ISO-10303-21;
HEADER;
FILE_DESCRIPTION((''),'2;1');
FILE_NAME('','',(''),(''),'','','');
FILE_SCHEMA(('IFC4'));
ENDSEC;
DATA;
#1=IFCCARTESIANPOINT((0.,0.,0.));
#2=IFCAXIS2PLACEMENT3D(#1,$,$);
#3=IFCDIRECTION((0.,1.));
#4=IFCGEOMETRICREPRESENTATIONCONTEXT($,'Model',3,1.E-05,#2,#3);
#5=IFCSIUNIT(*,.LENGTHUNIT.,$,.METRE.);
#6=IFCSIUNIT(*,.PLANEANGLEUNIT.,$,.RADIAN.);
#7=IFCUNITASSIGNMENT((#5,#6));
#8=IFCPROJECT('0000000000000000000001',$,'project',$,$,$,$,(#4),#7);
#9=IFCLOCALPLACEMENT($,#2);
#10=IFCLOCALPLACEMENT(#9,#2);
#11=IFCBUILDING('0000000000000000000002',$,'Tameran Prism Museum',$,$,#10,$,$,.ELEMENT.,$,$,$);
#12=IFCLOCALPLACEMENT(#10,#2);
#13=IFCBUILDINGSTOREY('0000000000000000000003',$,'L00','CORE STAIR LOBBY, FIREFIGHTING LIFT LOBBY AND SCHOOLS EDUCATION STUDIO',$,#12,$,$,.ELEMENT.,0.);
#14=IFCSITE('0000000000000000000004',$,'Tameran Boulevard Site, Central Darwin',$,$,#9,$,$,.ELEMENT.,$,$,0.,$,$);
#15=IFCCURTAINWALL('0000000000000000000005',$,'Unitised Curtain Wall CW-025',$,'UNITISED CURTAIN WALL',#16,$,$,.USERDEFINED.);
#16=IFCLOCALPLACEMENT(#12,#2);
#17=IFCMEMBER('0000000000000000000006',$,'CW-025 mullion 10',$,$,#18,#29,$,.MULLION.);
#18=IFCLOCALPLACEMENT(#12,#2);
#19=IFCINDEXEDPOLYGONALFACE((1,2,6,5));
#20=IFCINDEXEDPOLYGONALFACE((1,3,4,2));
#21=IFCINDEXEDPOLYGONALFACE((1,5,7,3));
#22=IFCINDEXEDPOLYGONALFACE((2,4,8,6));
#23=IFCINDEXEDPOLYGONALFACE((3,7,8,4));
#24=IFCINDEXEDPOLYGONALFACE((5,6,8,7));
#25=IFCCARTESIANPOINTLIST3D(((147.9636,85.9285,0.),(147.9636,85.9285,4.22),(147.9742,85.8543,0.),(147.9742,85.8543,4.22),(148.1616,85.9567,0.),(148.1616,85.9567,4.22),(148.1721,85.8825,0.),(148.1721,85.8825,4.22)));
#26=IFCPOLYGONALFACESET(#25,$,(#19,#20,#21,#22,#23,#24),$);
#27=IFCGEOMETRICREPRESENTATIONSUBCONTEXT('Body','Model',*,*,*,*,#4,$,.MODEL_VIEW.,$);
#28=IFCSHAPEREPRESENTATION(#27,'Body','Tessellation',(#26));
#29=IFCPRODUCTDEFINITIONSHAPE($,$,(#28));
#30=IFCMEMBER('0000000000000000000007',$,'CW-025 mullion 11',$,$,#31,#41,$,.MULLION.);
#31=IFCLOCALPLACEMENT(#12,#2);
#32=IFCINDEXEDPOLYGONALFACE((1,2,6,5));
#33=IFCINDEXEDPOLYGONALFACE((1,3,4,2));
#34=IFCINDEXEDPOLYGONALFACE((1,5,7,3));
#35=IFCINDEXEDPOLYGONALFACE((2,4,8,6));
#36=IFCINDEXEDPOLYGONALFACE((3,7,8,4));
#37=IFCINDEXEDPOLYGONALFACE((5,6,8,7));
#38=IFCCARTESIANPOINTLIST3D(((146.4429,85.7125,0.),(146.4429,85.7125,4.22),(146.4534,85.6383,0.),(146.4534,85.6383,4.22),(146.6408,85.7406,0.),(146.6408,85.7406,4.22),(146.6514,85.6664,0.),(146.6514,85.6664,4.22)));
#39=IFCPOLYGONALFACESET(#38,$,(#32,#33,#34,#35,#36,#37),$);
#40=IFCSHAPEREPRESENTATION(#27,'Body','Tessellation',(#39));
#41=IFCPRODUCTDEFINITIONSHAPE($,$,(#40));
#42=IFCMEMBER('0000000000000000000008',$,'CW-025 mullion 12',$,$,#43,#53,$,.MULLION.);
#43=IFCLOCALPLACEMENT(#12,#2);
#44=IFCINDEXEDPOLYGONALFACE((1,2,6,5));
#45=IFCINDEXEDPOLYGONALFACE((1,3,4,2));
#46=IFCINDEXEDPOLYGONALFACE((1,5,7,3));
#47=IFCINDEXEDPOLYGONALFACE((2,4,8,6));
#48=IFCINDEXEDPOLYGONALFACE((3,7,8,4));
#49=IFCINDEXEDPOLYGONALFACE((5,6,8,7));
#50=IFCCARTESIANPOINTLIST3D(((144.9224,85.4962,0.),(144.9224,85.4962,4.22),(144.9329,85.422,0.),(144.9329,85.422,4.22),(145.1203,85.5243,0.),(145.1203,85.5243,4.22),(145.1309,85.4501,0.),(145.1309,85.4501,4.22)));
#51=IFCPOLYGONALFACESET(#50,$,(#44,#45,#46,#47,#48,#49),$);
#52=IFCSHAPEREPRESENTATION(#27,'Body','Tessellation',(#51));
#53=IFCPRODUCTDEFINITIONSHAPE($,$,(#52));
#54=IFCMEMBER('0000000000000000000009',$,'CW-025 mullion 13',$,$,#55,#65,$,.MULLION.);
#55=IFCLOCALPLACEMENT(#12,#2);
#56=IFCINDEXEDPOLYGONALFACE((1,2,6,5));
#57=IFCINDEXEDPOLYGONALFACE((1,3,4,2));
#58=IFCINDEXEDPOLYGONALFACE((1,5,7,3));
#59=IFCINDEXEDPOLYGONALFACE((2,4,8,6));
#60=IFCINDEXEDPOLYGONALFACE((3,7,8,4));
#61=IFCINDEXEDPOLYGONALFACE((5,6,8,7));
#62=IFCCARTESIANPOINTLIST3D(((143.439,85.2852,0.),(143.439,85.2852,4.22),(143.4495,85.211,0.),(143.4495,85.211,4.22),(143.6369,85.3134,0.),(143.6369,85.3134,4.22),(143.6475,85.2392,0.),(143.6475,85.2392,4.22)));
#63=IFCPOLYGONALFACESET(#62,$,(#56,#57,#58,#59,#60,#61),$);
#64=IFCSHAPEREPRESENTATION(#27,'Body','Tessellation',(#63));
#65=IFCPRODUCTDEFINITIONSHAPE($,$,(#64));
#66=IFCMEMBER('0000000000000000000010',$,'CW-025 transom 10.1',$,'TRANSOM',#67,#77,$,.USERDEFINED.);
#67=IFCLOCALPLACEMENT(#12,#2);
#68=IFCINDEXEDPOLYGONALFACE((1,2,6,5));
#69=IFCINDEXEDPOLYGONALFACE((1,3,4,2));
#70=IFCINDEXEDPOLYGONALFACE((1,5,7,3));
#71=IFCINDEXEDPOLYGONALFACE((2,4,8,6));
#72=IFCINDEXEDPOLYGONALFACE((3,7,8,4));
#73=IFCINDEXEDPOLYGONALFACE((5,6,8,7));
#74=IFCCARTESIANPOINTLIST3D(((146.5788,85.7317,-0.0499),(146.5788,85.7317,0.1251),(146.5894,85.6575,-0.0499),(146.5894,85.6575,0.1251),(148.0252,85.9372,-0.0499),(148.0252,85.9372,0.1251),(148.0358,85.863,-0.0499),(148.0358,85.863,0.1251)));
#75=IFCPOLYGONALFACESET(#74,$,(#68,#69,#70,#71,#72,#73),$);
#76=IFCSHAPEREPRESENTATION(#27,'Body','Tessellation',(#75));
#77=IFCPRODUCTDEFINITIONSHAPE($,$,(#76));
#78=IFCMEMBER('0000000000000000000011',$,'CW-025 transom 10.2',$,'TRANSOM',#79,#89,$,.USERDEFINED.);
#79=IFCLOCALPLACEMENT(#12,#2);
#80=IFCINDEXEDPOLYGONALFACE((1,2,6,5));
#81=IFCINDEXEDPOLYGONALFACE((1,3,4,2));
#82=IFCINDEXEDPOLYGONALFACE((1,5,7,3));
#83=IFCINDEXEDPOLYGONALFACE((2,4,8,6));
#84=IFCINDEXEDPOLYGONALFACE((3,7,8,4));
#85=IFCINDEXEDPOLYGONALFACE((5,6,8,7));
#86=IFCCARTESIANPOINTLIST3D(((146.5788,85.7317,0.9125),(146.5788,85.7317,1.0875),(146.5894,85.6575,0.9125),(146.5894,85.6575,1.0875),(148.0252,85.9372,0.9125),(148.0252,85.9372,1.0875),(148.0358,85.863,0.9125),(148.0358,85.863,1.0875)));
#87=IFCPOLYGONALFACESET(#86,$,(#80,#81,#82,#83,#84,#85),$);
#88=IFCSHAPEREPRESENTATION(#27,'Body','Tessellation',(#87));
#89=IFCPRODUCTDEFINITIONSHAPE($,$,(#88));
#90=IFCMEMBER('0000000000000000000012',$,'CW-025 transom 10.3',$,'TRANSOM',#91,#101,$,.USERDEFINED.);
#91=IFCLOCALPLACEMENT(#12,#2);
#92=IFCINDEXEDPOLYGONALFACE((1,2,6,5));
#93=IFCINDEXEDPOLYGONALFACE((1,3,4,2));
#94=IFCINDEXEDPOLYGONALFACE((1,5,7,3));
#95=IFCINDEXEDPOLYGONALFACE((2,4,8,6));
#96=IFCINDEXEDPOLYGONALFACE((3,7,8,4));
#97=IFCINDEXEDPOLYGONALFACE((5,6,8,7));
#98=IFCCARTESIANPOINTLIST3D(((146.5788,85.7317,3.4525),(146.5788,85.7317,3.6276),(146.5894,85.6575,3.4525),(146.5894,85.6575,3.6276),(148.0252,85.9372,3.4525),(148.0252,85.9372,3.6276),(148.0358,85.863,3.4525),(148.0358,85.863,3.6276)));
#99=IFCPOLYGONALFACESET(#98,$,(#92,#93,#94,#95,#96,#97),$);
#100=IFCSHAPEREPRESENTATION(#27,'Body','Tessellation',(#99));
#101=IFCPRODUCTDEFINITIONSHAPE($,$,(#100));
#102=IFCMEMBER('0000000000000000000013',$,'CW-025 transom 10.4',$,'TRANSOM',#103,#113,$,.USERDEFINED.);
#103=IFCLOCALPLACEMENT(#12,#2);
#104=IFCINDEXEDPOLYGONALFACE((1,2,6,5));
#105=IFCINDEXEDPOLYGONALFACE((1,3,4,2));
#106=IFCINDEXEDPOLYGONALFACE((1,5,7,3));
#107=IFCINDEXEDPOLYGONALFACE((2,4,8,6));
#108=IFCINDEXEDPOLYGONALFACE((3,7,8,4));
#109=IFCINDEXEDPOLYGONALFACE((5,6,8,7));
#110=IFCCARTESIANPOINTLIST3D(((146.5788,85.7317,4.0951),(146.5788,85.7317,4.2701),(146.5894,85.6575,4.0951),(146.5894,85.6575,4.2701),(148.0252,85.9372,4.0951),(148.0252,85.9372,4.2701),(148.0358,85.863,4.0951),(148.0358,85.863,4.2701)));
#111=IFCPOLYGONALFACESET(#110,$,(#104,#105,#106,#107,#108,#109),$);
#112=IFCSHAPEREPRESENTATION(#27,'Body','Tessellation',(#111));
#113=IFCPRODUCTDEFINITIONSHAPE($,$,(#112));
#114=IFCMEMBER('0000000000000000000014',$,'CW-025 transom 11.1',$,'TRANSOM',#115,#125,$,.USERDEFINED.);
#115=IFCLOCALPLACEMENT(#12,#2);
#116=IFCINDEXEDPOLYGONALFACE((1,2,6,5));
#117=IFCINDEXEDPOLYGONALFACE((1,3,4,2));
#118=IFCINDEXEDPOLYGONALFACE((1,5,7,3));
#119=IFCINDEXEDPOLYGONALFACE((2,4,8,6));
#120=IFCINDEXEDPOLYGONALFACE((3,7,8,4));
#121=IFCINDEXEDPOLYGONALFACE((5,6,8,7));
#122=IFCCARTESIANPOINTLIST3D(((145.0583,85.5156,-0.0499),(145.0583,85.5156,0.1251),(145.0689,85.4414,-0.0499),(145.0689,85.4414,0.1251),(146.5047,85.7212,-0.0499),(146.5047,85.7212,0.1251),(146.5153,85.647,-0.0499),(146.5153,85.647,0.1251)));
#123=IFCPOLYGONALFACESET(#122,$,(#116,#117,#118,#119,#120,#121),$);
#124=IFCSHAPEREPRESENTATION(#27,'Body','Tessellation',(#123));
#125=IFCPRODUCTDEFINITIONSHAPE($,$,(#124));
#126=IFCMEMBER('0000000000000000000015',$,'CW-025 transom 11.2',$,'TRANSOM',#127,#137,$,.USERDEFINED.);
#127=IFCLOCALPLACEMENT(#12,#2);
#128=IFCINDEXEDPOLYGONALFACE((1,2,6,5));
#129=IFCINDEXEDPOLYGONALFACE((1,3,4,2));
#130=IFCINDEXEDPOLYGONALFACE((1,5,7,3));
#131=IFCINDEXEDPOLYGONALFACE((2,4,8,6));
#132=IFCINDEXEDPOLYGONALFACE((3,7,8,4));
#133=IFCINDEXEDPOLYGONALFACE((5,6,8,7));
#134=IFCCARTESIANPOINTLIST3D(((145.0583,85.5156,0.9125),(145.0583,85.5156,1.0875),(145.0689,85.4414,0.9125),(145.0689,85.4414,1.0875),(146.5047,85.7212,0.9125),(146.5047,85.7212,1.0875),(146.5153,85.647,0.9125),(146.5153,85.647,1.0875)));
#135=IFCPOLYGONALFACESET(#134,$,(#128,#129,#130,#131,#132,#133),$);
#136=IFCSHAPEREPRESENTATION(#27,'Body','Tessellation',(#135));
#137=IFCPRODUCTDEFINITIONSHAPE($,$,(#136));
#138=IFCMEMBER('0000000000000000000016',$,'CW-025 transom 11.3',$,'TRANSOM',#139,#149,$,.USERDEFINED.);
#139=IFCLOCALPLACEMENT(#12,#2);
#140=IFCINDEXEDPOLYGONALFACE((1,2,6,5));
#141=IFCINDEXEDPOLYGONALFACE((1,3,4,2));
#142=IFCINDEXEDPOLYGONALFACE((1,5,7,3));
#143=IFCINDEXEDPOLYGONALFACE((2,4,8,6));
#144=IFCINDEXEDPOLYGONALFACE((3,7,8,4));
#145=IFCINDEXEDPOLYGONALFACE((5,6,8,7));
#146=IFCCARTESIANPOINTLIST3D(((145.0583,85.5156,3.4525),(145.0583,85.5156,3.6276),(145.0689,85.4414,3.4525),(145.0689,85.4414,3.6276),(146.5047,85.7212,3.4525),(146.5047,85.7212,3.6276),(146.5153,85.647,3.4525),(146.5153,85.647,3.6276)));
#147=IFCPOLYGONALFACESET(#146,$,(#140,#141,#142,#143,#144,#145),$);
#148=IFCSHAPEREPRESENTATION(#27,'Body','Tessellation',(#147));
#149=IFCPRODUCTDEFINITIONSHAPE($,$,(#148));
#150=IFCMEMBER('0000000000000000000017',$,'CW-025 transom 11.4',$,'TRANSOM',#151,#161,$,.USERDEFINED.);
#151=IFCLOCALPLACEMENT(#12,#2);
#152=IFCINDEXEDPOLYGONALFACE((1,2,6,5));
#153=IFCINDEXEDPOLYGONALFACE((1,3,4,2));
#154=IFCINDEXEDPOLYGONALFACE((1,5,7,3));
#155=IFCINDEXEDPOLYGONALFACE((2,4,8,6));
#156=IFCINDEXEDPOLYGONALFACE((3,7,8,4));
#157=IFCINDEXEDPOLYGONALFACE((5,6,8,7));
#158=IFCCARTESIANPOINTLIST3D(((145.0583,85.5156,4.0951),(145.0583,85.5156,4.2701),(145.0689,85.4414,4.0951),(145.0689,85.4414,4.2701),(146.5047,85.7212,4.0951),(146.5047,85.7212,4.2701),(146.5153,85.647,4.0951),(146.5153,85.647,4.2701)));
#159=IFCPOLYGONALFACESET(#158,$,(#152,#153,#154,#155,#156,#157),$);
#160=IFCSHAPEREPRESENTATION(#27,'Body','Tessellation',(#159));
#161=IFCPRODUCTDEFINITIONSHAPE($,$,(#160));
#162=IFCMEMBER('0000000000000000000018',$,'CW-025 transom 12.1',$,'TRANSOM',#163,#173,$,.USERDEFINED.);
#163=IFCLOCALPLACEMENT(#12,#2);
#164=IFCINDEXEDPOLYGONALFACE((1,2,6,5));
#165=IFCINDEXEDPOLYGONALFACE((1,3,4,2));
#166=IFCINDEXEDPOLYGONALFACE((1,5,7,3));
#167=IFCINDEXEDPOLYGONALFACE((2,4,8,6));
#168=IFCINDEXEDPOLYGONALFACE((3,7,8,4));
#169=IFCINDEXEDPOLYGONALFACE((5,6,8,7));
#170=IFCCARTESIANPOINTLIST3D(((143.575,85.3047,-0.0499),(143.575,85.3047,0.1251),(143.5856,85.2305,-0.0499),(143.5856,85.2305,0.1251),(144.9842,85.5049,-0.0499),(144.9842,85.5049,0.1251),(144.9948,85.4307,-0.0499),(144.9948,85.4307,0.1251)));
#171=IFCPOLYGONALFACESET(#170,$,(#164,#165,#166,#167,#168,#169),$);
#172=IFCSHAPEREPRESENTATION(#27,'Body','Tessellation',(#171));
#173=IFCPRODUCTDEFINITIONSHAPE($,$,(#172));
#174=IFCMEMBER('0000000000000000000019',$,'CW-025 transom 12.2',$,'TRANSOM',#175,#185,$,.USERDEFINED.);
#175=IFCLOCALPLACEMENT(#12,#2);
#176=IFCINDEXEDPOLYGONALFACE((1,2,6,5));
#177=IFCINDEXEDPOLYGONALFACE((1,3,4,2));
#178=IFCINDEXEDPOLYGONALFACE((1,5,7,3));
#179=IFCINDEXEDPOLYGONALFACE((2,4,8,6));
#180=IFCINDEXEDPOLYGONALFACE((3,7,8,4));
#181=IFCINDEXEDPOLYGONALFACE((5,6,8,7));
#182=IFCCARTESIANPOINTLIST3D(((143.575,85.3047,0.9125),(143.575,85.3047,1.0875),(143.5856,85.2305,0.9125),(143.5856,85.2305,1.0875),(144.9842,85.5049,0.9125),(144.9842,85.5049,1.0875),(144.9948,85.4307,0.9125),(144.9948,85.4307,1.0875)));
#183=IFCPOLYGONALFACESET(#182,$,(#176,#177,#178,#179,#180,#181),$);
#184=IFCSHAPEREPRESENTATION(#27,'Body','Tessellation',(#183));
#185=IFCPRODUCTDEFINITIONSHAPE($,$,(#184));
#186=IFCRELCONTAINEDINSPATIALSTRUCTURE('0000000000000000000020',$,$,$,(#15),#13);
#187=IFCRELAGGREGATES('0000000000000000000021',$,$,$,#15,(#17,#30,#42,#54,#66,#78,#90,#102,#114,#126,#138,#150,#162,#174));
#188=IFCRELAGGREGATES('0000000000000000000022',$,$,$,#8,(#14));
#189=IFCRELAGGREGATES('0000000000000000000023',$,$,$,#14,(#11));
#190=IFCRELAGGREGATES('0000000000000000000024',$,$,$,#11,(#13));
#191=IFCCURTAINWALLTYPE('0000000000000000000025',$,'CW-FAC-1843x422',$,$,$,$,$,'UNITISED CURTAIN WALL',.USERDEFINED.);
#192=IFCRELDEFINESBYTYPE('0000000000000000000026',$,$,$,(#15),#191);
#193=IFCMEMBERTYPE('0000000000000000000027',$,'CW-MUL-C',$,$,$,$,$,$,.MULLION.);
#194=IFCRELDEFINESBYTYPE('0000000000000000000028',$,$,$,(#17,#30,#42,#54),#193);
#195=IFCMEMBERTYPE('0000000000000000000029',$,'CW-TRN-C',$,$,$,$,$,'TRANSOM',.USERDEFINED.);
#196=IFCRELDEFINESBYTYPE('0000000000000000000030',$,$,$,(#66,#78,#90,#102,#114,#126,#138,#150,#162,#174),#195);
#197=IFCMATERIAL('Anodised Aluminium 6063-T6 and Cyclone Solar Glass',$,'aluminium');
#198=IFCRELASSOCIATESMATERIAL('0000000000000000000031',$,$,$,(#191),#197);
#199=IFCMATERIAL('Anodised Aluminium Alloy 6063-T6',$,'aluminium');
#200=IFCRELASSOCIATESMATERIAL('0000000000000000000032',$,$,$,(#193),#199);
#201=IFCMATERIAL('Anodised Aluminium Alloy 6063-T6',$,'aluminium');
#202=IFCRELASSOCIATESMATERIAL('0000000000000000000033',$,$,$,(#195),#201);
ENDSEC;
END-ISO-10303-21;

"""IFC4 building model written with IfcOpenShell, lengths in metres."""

from ifc_helpers import new_model, si_unit, direction, frame, origin, origin_2d, place, context, subcontext, project, spatial, rectangle, extrude, material, material_profile, profile_set, type_object, element, aggregate, save


model = new_model("IFC4")

# Units and contexts
model_context = context("Model", 3, precision=1e-05, world=origin(), true_north=direction((0.0, 1.0)))
body_context = subcontext(model_context, "Body", "Model", "MODEL_VIEW")
ifc_project = project(units=[si_unit("LENGTHUNIT", "METRE"), si_unit("PLANEANGLEUNIT", "RADIAN")], contexts=[model_context])

# Site, building, storey
site_placement = place(None, origin())
site = spatial("IfcSite", under=ifc_project, at=site_placement, Name="Tameran Boulevard Site, Central Darwin", CompositionType="ELEMENT", RefElevation=0.0)
building_placement = place(site_placement, origin())
building = spatial("IfcBuilding", under=site, at=building_placement, Name="Tameran Prism Museum", CompositionType="ELEMENT")
storey_placement = place(building_placement, origin())
storey = spatial("IfcBuildingStorey", under=building, at=storey_placement, Name="L00", Description="CORE STAIR LOBBY, FIREFIGHTING LIFT LOBBY AND SCHOOLS EDUCATION STUDIO", CompositionType="ELEMENT", Elevation=0.0)

# Curtain wall, members
ifc_material_1 = material(Name="Anodised Aluminium 6063-T6 and Cyclone Solar Glass", Category="aluminium")
curtain_wall_type = type_object("IfcCurtainWallType", Name="CW-FAC-1843x422", ElementType="UNITISED CURTAIN WALL", PredefinedType="USERDEFINED", material=ifc_material_1)
curtain_wall_placement = place(storey_placement, origin())
curtain_wall = element("IfcCurtainWall", 1, at=curtain_wall_placement, inside=storey, type_object=curtain_wall_type, Name="Unitised Curtain Wall CW-025", ObjectType="UNITISED CURTAIN WALL", PredefinedType="USERDEFINED")
ifc_material_2 = material(Name="Anodised Aluminium Alloy 6063-T6", Category="aluminium")
ifc_material_profile_1 = material_profile(ifc_material_2, rectangle(XDim=0.075, YDim=0.2, at=origin_2d()))
ifc_profile_set_1 = profile_set([ifc_material_profile_1])
member_type_1 = type_object("IfcMemberType", Name="CW-MUL-C", PredefinedType="MULLION", material=ifc_profile_set_1)
member_1_placement = place(storey_placement, frame((148.0679, 85.9055, 0.0), z_axis=(0.0, 0.0, 1.0), x_axis=(0.140745, -0.990046, 0.0)))
member_1 = element("IfcMember", 2, at=member_1_placement, type_object=member_type_1, Name="CW-025 mullion 10", PredefinedType="MULLION", context=body_context, shape_type="SweptSolid", body=[
    extrude(rectangle(XDim=0.075, YDim=0.2, at=origin_2d()), origin(), (0.0, 0.0, 1.0), 4.22),
])
member_2_placement = place(storey_placement, frame((146.5471, 85.6895, 0.0), z_axis=(0.0, 0.0, 1.0), x_axis=(0.140745, -0.990046, 0.0)))
member_2 = element("IfcMember", 3, at=member_2_placement, type_object=member_type_1, Name="CW-025 mullion 11", PredefinedType="MULLION", context=body_context, shape_type="SweptSolid", body=[
    extrude(rectangle(XDim=0.075, YDim=0.2, at=origin_2d()), origin(), (0.0, 0.0, 1.0), 4.22),
])
member_3_placement = place(storey_placement, frame((145.0266, 85.4731, 0.0), z_axis=(0.0, 0.0, 1.0), x_axis=(0.140745, -0.990046, 0.0)))
member_3 = element("IfcMember", 4, at=member_3_placement, type_object=member_type_1, Name="CW-025 mullion 12", PredefinedType="MULLION", context=body_context, shape_type="SweptSolid", body=[
    extrude(rectangle(XDim=0.075, YDim=0.2, at=origin_2d()), origin(), (0.0, 0.0, 1.0), 4.22),
])
member_4_placement = place(storey_placement, frame((143.5432, 85.2622, 0.0), z_axis=(0.0, 0.0, 1.0), x_axis=(0.140745, -0.990046, 0.0)))
member_4 = element("IfcMember", 5, at=member_4_placement, type_object=member_type_1, Name="CW-025 mullion 13", PredefinedType="MULLION", context=body_context, shape_type="SweptSolid", body=[
    extrude(rectangle(XDim=0.075, YDim=0.2, at=origin_2d()), origin(), (0.0, 0.0, 1.0), 4.22),
])
ifc_material_3 = material(Name="Anodised Aluminium Alloy 6063-T6", Category="aluminium")
ifc_material_profile_2 = material_profile(ifc_material_3, rectangle(XDim=0.075, YDim=0.175, at=origin_2d()))
ifc_profile_set_2 = profile_set([ifc_material_profile_2])
member_type_2 = type_object("IfcMemberType", Name="CW-TRN-C", ElementType="TRANSOM", PredefinedType="USERDEFINED", material=ifc_profile_set_2)
member_5_placement = place(storey_placement, frame((148.0305, 85.9001, 0.0376), z_axis=(-0.99005, -0.140719, 0.0), x_axis=(0.140719, -0.99005, 0.0)))
member_5 = element("IfcMember", 6, at=member_5_placement, type_object=member_type_2, Name="CW-025 transom 10.1", ObjectType="TRANSOM", PredefinedType="USERDEFINED", context=body_context, shape_type="SweptSolid", body=[
    extrude(rectangle(XDim=0.075, YDim=0.175, at=origin_2d()), origin(), (0.0, 0.0, 1.0), 1.4609),
])
member_6_placement = place(storey_placement, frame((148.0305, 85.9001, 1.0), z_axis=(-0.99005, -0.140719, 0.0), x_axis=(0.140719, -0.99005, 0.0)))
member_6 = element("IfcMember", 7, at=member_6_placement, type_object=member_type_2, Name="CW-025 transom 10.2", ObjectType="TRANSOM", PredefinedType="USERDEFINED", context=body_context, shape_type="SweptSolid", body=[
    extrude(rectangle(XDim=0.075, YDim=0.175, at=origin_2d()), origin(), (0.0, 0.0, 1.0), 1.4609),
])
member_7_placement = place(storey_placement, frame((148.0305, 85.9001, 3.54), z_axis=(-0.99005, -0.140719, 0.0), x_axis=(0.140719, -0.99005, 0.0)))
member_7 = element("IfcMember", 8, at=member_7_placement, type_object=member_type_2, Name="CW-025 transom 10.3", ObjectType="TRANSOM", PredefinedType="USERDEFINED", context=body_context, shape_type="SweptSolid", body=[
    extrude(rectangle(XDim=0.075, YDim=0.175, at=origin_2d()), origin(), (0.0, 0.0, 1.0), 1.4609),
])
member_8_placement = place(storey_placement, frame((148.0305, 85.9001, 4.1826), z_axis=(-0.99005, -0.140719, 0.0), x_axis=(0.140719, -0.99005, 0.0)))
member_8 = element("IfcMember", 9, at=member_8_placement, type_object=member_type_2, Name="CW-025 transom 10.4", ObjectType="TRANSOM", PredefinedType="USERDEFINED", context=body_context, shape_type="SweptSolid", body=[
    extrude(rectangle(XDim=0.075, YDim=0.175, at=origin_2d()), origin(), (0.0, 0.0, 1.0), 1.4609),
])
member_9_placement = place(storey_placement, frame((146.51, 85.6841, 0.0376), z_axis=(-0.99005, -0.140719, 0.0), x_axis=(0.140719, -0.99005, 0.0)))
member_9 = element("IfcMember", 10, at=member_9_placement, type_object=member_type_2, Name="CW-025 transom 11.1", ObjectType="TRANSOM", PredefinedType="USERDEFINED", context=body_context, shape_type="SweptSolid", body=[
    extrude(rectangle(XDim=0.075, YDim=0.175, at=origin_2d()), origin(), (0.0, 0.0, 1.0), 1.4609),
])
member_10_placement = place(storey_placement, frame((146.51, 85.6841, 1.0), z_axis=(-0.99005, -0.140719, 0.0), x_axis=(0.140719, -0.99005, 0.0)))
member_10 = element("IfcMember", 11, at=member_10_placement, type_object=member_type_2, Name="CW-025 transom 11.2", ObjectType="TRANSOM", PredefinedType="USERDEFINED", context=body_context, shape_type="SweptSolid", body=[
    extrude(rectangle(XDim=0.075, YDim=0.175, at=origin_2d()), origin(), (0.0, 0.0, 1.0), 1.4609),
])
member_11_placement = place(storey_placement, frame((146.51, 85.6841, 3.54), z_axis=(-0.99005, -0.140719, 0.0), x_axis=(0.140719, -0.99005, 0.0)))
member_11 = element("IfcMember", 12, at=member_11_placement, type_object=member_type_2, Name="CW-025 transom 11.3", ObjectType="TRANSOM", PredefinedType="USERDEFINED", context=body_context, shape_type="SweptSolid", body=[
    extrude(rectangle(XDim=0.075, YDim=0.175, at=origin_2d()), origin(), (0.0, 0.0, 1.0), 1.4609),
])
member_12_placement = place(storey_placement, frame((146.51, 85.6841, 4.1826), z_axis=(-0.99005, -0.140719, 0.0), x_axis=(0.140719, -0.99005, 0.0)))
member_12 = element("IfcMember", 13, at=member_12_placement, type_object=member_type_2, Name="CW-025 transom 11.4", ObjectType="TRANSOM", PredefinedType="USERDEFINED", context=body_context, shape_type="SweptSolid", body=[
    extrude(rectangle(XDim=0.075, YDim=0.175, at=origin_2d()), origin(), (0.0, 0.0, 1.0), 1.4609),
])
member_13_placement = place(storey_placement, frame((144.9895, 85.4678, 0.0376), z_axis=(-0.990059, -0.140653, 0.0), x_axis=(0.140653, -0.990059, 0.0)))
member_13 = element("IfcMember", 14, at=member_13_placement, type_object=member_type_2, Name="CW-025 transom 12.1", ObjectType="TRANSOM", PredefinedType="USERDEFINED", context=body_context, shape_type="SweptSolid", body=[
    extrude(rectangle(XDim=0.075, YDim=0.175, at=origin_2d()), origin(), (0.0, 0.0, 1.0), 1.4233),
])
member_14_placement = place(storey_placement, frame((144.9895, 85.4678, 1.0), z_axis=(-0.990059, -0.140653, 0.0), x_axis=(0.140653, -0.990059, 0.0)))
member_14 = element("IfcMember", 15, at=member_14_placement, type_object=member_type_2, Name="CW-025 transom 12.2", ObjectType="TRANSOM", PredefinedType="USERDEFINED", context=body_context, shape_type="SweptSolid", body=[
    extrude(rectangle(XDim=0.075, YDim=0.175, at=origin_2d()), origin(), (0.0, 0.0, 1.0), 1.4233),
])
aggregate(curtain_wall, [member_1, member_2, member_3, member_4, member_5, member_6, member_7, member_8, member_9, member_10, member_11, member_12, member_13, member_14])

save(model, "model.ifc")
